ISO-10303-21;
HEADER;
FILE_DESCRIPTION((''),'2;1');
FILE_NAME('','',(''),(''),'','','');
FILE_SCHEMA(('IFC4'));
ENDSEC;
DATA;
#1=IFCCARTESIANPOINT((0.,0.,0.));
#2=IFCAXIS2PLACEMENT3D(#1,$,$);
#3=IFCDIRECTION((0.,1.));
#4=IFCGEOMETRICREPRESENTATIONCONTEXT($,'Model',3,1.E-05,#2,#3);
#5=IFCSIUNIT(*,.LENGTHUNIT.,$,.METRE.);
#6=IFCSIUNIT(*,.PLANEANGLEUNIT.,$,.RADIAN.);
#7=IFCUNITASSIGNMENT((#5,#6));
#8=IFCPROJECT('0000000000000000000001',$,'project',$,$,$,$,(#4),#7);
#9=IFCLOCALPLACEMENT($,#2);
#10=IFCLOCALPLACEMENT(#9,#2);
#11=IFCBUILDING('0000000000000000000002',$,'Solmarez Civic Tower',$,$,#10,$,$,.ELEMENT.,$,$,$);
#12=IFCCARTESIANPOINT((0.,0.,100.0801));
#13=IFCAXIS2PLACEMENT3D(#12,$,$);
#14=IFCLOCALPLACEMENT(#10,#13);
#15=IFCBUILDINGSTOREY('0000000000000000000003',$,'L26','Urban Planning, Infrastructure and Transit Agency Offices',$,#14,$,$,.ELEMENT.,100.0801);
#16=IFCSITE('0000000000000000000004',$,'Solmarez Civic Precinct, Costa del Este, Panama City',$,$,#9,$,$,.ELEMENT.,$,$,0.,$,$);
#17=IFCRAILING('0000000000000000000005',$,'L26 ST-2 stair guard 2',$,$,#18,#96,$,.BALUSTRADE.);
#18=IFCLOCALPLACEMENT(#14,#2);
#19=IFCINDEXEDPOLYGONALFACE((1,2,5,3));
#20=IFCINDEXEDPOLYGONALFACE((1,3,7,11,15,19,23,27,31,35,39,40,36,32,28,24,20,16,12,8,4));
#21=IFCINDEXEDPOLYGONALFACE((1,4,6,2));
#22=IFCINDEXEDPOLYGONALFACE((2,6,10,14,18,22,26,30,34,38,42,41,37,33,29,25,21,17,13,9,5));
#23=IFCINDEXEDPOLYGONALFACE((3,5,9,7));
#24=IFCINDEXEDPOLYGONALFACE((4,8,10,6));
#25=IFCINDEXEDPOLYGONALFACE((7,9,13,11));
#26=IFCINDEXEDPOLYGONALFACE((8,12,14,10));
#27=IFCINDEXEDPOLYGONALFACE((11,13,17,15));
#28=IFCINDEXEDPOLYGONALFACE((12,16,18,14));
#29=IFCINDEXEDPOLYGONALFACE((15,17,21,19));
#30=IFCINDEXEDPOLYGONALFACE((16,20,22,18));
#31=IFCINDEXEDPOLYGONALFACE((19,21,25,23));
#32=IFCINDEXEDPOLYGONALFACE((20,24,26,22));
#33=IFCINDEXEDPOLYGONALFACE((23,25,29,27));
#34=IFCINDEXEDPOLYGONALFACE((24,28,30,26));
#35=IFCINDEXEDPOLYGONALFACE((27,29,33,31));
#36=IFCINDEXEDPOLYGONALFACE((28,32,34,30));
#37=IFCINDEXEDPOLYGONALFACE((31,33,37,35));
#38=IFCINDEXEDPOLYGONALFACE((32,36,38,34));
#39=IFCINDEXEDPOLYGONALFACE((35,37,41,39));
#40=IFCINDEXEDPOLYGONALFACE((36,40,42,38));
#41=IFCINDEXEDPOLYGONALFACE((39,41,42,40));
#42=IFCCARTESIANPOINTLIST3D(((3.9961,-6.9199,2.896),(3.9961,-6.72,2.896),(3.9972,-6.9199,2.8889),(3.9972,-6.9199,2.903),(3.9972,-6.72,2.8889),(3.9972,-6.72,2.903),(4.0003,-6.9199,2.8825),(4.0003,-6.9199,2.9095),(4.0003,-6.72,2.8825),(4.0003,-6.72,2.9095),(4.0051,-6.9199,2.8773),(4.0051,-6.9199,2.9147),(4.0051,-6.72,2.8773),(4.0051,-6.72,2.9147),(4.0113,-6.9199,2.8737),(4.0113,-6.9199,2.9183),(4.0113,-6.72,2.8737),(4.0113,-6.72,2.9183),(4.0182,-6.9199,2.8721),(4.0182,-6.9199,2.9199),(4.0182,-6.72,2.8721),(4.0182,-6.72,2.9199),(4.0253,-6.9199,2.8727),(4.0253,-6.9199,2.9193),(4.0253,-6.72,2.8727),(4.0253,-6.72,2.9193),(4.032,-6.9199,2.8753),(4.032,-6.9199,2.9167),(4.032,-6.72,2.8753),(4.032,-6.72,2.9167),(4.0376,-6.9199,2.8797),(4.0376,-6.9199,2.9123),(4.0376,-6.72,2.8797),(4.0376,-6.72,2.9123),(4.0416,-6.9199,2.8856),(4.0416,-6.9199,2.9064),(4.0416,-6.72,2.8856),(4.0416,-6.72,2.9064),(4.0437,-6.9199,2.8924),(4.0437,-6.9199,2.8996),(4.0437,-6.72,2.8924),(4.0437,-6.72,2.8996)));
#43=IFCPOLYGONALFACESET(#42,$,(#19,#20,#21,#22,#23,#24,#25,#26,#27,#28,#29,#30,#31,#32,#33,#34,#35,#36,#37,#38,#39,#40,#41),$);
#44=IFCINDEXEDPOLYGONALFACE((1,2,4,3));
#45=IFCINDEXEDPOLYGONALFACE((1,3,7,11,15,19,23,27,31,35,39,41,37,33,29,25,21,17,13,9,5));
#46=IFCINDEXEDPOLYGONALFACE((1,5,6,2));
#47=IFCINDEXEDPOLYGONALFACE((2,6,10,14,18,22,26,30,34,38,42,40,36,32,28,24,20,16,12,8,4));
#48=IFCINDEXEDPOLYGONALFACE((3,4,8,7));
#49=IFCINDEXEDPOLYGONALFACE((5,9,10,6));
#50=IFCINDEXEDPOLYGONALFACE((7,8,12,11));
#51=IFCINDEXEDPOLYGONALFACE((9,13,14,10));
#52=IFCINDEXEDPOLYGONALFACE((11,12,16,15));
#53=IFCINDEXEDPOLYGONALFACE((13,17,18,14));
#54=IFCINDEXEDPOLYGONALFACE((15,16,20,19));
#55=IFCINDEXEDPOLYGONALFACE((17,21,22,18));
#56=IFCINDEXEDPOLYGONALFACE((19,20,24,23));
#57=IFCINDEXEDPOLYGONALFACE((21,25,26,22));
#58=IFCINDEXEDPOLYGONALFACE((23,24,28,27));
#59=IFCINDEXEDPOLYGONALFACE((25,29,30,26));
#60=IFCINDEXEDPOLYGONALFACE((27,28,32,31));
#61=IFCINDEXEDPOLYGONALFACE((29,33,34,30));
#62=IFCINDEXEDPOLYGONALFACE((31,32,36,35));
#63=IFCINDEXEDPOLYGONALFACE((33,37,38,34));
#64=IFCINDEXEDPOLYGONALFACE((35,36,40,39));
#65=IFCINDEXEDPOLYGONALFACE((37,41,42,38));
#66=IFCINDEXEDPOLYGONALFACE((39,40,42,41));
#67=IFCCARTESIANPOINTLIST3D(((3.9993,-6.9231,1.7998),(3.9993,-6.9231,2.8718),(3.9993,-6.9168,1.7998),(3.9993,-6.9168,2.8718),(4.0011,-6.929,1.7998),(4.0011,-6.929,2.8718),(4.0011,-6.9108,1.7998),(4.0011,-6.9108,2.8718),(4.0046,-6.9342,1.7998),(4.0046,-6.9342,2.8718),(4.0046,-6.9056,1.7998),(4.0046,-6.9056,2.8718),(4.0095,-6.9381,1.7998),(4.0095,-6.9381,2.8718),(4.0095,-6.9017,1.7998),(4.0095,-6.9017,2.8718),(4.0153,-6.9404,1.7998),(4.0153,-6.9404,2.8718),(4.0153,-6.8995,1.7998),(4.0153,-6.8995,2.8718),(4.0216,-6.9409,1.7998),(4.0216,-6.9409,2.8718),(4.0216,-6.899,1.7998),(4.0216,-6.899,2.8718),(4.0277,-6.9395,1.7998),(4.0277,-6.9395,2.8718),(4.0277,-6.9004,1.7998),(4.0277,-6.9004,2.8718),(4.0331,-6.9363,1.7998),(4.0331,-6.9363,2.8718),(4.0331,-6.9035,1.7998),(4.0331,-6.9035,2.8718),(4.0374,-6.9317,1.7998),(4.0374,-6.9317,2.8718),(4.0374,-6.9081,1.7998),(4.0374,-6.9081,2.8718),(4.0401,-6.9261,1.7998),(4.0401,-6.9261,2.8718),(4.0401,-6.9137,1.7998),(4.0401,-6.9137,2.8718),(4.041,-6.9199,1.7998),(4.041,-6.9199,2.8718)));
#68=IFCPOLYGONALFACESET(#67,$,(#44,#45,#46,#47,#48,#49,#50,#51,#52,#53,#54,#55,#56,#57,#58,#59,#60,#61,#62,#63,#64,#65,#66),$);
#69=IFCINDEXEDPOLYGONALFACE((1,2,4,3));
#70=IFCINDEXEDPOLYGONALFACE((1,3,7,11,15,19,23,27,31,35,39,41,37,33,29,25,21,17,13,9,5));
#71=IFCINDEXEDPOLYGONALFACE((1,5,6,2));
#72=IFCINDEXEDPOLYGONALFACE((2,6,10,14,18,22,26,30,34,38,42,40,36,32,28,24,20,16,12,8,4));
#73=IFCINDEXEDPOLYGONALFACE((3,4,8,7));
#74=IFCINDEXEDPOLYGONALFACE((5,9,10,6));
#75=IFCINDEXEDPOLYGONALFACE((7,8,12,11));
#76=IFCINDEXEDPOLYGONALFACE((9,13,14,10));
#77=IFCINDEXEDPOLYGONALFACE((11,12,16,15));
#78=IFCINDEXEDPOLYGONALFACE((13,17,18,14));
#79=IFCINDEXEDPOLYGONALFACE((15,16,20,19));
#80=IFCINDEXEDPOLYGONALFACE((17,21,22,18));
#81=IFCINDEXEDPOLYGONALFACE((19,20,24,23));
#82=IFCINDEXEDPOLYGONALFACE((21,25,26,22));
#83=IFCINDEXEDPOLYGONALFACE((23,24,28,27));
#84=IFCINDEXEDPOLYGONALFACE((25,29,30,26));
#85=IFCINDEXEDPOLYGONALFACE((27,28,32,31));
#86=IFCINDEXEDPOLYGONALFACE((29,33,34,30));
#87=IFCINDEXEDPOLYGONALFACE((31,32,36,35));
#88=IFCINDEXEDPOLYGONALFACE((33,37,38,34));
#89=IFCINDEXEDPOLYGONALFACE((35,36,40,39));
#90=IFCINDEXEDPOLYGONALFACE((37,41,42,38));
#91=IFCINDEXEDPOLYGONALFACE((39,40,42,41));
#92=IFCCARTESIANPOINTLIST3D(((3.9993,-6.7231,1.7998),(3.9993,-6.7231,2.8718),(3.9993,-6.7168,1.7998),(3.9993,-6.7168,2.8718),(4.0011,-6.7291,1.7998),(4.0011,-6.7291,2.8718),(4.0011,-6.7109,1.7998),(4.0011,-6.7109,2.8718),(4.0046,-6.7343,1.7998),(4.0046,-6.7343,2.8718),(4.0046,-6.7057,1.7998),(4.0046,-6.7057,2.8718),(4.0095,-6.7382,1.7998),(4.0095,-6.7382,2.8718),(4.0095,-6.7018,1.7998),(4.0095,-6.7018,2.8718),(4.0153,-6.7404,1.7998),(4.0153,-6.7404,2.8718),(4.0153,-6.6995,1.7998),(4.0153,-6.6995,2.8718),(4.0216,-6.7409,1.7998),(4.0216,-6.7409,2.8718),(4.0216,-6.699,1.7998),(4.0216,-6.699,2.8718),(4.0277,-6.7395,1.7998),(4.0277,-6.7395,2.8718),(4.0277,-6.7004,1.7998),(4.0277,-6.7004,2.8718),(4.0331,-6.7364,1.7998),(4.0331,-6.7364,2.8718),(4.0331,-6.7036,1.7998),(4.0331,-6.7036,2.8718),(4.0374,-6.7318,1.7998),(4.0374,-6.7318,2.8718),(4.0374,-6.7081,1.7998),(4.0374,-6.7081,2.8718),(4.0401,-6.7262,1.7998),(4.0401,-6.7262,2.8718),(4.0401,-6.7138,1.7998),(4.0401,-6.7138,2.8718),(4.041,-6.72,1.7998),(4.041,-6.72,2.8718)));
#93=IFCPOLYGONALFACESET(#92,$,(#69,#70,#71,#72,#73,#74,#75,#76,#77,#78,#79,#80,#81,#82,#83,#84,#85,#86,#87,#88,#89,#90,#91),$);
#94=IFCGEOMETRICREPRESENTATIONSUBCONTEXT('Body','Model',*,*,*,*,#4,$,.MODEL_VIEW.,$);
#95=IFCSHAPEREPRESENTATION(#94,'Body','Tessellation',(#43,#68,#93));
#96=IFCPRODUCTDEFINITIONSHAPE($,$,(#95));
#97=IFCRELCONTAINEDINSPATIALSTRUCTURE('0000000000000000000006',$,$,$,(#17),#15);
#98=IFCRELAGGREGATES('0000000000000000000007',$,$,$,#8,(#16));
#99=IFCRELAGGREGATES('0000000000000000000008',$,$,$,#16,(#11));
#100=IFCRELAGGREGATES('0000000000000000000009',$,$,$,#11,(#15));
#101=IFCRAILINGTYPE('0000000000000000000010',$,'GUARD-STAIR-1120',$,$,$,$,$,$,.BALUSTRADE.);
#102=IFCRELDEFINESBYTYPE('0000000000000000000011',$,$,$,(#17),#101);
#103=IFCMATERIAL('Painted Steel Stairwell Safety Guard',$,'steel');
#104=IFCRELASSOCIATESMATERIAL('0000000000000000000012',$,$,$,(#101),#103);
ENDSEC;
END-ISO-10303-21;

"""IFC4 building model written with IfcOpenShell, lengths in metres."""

from ifc_helpers import new_model, si_unit, direction, frame, origin, origin_2d, place, context, subcontext, project, spatial, circle, extrude, material, type_object, element, save


model = new_model("IFC4")

# Units and contexts
model_context = context("Model", 3, precision=1e-05, world=origin(), true_north=direction((0.0, 1.0)))
body_context = subcontext(model_context, "Body", "Model", "MODEL_VIEW")
ifc_project = project(units=[si_unit("LENGTHUNIT", "METRE"), si_unit("PLANEANGLEUNIT", "RADIAN")], contexts=[model_context])

# Site, building, storey
site_placement = place(None, origin())
site = spatial("IfcSite", under=ifc_project, at=site_placement, Name="Solmarez Civic Precinct, Costa del Este, Panama City", CompositionType="ELEMENT", RefElevation=0.0)
building_placement = place(site_placement, origin())
building = spatial("IfcBuilding", under=site, at=building_placement, Name="Solmarez Civic Tower", CompositionType="ELEMENT")
storey_placement = place(building_placement, frame((0.0, 0.0, 100.0801)))
storey = spatial("IfcBuildingStorey", under=building, at=storey_placement, Name="L26", Description="Urban Planning, Infrastructure and Transit Agency Offices", CompositionType="ELEMENT", Elevation=100.0801)

# Railing
ifc_material_1 = material(Name="Painted Steel Stairwell Safety Guard", Category="steel")
railing_type_1 = type_object("IfcRailingType", Name="GUARD-STAIR-1120", PredefinedType="BALUSTRADE", material=ifc_material_1)
railing_1_placement = place(storey_placement, frame((4.02, -6.9199, 1.7998)))
element("IfcRailing", 1, at=railing_1_placement, inside=storey, type_object=railing_type_1, Name="L26 ST-2 stair guard 2", PredefinedType="BALUSTRADE", context=body_context, shape_type="SweptSolid", body=[
    extrude(circle(Radius=0.0239, at=origin_2d()), frame((0.0, 0.0, 1.0962), z_axis=(0.0, 1.0, 0.0), x_axis=(-1.0, 0.0, 0.0)), (0.0, 0.0, 1.0), 0.2),
    extrude(circle(Radius=0.021, at=origin_2d()), origin(), (0.0, 0.0, 1.0), 1.072),
    extrude(circle(Radius=0.021, at=origin_2d()), frame((0.0, 0.2, 0.0)), (0.0, 0.0, 1.0), 1.072),
])

save(model, "model.ifc")
